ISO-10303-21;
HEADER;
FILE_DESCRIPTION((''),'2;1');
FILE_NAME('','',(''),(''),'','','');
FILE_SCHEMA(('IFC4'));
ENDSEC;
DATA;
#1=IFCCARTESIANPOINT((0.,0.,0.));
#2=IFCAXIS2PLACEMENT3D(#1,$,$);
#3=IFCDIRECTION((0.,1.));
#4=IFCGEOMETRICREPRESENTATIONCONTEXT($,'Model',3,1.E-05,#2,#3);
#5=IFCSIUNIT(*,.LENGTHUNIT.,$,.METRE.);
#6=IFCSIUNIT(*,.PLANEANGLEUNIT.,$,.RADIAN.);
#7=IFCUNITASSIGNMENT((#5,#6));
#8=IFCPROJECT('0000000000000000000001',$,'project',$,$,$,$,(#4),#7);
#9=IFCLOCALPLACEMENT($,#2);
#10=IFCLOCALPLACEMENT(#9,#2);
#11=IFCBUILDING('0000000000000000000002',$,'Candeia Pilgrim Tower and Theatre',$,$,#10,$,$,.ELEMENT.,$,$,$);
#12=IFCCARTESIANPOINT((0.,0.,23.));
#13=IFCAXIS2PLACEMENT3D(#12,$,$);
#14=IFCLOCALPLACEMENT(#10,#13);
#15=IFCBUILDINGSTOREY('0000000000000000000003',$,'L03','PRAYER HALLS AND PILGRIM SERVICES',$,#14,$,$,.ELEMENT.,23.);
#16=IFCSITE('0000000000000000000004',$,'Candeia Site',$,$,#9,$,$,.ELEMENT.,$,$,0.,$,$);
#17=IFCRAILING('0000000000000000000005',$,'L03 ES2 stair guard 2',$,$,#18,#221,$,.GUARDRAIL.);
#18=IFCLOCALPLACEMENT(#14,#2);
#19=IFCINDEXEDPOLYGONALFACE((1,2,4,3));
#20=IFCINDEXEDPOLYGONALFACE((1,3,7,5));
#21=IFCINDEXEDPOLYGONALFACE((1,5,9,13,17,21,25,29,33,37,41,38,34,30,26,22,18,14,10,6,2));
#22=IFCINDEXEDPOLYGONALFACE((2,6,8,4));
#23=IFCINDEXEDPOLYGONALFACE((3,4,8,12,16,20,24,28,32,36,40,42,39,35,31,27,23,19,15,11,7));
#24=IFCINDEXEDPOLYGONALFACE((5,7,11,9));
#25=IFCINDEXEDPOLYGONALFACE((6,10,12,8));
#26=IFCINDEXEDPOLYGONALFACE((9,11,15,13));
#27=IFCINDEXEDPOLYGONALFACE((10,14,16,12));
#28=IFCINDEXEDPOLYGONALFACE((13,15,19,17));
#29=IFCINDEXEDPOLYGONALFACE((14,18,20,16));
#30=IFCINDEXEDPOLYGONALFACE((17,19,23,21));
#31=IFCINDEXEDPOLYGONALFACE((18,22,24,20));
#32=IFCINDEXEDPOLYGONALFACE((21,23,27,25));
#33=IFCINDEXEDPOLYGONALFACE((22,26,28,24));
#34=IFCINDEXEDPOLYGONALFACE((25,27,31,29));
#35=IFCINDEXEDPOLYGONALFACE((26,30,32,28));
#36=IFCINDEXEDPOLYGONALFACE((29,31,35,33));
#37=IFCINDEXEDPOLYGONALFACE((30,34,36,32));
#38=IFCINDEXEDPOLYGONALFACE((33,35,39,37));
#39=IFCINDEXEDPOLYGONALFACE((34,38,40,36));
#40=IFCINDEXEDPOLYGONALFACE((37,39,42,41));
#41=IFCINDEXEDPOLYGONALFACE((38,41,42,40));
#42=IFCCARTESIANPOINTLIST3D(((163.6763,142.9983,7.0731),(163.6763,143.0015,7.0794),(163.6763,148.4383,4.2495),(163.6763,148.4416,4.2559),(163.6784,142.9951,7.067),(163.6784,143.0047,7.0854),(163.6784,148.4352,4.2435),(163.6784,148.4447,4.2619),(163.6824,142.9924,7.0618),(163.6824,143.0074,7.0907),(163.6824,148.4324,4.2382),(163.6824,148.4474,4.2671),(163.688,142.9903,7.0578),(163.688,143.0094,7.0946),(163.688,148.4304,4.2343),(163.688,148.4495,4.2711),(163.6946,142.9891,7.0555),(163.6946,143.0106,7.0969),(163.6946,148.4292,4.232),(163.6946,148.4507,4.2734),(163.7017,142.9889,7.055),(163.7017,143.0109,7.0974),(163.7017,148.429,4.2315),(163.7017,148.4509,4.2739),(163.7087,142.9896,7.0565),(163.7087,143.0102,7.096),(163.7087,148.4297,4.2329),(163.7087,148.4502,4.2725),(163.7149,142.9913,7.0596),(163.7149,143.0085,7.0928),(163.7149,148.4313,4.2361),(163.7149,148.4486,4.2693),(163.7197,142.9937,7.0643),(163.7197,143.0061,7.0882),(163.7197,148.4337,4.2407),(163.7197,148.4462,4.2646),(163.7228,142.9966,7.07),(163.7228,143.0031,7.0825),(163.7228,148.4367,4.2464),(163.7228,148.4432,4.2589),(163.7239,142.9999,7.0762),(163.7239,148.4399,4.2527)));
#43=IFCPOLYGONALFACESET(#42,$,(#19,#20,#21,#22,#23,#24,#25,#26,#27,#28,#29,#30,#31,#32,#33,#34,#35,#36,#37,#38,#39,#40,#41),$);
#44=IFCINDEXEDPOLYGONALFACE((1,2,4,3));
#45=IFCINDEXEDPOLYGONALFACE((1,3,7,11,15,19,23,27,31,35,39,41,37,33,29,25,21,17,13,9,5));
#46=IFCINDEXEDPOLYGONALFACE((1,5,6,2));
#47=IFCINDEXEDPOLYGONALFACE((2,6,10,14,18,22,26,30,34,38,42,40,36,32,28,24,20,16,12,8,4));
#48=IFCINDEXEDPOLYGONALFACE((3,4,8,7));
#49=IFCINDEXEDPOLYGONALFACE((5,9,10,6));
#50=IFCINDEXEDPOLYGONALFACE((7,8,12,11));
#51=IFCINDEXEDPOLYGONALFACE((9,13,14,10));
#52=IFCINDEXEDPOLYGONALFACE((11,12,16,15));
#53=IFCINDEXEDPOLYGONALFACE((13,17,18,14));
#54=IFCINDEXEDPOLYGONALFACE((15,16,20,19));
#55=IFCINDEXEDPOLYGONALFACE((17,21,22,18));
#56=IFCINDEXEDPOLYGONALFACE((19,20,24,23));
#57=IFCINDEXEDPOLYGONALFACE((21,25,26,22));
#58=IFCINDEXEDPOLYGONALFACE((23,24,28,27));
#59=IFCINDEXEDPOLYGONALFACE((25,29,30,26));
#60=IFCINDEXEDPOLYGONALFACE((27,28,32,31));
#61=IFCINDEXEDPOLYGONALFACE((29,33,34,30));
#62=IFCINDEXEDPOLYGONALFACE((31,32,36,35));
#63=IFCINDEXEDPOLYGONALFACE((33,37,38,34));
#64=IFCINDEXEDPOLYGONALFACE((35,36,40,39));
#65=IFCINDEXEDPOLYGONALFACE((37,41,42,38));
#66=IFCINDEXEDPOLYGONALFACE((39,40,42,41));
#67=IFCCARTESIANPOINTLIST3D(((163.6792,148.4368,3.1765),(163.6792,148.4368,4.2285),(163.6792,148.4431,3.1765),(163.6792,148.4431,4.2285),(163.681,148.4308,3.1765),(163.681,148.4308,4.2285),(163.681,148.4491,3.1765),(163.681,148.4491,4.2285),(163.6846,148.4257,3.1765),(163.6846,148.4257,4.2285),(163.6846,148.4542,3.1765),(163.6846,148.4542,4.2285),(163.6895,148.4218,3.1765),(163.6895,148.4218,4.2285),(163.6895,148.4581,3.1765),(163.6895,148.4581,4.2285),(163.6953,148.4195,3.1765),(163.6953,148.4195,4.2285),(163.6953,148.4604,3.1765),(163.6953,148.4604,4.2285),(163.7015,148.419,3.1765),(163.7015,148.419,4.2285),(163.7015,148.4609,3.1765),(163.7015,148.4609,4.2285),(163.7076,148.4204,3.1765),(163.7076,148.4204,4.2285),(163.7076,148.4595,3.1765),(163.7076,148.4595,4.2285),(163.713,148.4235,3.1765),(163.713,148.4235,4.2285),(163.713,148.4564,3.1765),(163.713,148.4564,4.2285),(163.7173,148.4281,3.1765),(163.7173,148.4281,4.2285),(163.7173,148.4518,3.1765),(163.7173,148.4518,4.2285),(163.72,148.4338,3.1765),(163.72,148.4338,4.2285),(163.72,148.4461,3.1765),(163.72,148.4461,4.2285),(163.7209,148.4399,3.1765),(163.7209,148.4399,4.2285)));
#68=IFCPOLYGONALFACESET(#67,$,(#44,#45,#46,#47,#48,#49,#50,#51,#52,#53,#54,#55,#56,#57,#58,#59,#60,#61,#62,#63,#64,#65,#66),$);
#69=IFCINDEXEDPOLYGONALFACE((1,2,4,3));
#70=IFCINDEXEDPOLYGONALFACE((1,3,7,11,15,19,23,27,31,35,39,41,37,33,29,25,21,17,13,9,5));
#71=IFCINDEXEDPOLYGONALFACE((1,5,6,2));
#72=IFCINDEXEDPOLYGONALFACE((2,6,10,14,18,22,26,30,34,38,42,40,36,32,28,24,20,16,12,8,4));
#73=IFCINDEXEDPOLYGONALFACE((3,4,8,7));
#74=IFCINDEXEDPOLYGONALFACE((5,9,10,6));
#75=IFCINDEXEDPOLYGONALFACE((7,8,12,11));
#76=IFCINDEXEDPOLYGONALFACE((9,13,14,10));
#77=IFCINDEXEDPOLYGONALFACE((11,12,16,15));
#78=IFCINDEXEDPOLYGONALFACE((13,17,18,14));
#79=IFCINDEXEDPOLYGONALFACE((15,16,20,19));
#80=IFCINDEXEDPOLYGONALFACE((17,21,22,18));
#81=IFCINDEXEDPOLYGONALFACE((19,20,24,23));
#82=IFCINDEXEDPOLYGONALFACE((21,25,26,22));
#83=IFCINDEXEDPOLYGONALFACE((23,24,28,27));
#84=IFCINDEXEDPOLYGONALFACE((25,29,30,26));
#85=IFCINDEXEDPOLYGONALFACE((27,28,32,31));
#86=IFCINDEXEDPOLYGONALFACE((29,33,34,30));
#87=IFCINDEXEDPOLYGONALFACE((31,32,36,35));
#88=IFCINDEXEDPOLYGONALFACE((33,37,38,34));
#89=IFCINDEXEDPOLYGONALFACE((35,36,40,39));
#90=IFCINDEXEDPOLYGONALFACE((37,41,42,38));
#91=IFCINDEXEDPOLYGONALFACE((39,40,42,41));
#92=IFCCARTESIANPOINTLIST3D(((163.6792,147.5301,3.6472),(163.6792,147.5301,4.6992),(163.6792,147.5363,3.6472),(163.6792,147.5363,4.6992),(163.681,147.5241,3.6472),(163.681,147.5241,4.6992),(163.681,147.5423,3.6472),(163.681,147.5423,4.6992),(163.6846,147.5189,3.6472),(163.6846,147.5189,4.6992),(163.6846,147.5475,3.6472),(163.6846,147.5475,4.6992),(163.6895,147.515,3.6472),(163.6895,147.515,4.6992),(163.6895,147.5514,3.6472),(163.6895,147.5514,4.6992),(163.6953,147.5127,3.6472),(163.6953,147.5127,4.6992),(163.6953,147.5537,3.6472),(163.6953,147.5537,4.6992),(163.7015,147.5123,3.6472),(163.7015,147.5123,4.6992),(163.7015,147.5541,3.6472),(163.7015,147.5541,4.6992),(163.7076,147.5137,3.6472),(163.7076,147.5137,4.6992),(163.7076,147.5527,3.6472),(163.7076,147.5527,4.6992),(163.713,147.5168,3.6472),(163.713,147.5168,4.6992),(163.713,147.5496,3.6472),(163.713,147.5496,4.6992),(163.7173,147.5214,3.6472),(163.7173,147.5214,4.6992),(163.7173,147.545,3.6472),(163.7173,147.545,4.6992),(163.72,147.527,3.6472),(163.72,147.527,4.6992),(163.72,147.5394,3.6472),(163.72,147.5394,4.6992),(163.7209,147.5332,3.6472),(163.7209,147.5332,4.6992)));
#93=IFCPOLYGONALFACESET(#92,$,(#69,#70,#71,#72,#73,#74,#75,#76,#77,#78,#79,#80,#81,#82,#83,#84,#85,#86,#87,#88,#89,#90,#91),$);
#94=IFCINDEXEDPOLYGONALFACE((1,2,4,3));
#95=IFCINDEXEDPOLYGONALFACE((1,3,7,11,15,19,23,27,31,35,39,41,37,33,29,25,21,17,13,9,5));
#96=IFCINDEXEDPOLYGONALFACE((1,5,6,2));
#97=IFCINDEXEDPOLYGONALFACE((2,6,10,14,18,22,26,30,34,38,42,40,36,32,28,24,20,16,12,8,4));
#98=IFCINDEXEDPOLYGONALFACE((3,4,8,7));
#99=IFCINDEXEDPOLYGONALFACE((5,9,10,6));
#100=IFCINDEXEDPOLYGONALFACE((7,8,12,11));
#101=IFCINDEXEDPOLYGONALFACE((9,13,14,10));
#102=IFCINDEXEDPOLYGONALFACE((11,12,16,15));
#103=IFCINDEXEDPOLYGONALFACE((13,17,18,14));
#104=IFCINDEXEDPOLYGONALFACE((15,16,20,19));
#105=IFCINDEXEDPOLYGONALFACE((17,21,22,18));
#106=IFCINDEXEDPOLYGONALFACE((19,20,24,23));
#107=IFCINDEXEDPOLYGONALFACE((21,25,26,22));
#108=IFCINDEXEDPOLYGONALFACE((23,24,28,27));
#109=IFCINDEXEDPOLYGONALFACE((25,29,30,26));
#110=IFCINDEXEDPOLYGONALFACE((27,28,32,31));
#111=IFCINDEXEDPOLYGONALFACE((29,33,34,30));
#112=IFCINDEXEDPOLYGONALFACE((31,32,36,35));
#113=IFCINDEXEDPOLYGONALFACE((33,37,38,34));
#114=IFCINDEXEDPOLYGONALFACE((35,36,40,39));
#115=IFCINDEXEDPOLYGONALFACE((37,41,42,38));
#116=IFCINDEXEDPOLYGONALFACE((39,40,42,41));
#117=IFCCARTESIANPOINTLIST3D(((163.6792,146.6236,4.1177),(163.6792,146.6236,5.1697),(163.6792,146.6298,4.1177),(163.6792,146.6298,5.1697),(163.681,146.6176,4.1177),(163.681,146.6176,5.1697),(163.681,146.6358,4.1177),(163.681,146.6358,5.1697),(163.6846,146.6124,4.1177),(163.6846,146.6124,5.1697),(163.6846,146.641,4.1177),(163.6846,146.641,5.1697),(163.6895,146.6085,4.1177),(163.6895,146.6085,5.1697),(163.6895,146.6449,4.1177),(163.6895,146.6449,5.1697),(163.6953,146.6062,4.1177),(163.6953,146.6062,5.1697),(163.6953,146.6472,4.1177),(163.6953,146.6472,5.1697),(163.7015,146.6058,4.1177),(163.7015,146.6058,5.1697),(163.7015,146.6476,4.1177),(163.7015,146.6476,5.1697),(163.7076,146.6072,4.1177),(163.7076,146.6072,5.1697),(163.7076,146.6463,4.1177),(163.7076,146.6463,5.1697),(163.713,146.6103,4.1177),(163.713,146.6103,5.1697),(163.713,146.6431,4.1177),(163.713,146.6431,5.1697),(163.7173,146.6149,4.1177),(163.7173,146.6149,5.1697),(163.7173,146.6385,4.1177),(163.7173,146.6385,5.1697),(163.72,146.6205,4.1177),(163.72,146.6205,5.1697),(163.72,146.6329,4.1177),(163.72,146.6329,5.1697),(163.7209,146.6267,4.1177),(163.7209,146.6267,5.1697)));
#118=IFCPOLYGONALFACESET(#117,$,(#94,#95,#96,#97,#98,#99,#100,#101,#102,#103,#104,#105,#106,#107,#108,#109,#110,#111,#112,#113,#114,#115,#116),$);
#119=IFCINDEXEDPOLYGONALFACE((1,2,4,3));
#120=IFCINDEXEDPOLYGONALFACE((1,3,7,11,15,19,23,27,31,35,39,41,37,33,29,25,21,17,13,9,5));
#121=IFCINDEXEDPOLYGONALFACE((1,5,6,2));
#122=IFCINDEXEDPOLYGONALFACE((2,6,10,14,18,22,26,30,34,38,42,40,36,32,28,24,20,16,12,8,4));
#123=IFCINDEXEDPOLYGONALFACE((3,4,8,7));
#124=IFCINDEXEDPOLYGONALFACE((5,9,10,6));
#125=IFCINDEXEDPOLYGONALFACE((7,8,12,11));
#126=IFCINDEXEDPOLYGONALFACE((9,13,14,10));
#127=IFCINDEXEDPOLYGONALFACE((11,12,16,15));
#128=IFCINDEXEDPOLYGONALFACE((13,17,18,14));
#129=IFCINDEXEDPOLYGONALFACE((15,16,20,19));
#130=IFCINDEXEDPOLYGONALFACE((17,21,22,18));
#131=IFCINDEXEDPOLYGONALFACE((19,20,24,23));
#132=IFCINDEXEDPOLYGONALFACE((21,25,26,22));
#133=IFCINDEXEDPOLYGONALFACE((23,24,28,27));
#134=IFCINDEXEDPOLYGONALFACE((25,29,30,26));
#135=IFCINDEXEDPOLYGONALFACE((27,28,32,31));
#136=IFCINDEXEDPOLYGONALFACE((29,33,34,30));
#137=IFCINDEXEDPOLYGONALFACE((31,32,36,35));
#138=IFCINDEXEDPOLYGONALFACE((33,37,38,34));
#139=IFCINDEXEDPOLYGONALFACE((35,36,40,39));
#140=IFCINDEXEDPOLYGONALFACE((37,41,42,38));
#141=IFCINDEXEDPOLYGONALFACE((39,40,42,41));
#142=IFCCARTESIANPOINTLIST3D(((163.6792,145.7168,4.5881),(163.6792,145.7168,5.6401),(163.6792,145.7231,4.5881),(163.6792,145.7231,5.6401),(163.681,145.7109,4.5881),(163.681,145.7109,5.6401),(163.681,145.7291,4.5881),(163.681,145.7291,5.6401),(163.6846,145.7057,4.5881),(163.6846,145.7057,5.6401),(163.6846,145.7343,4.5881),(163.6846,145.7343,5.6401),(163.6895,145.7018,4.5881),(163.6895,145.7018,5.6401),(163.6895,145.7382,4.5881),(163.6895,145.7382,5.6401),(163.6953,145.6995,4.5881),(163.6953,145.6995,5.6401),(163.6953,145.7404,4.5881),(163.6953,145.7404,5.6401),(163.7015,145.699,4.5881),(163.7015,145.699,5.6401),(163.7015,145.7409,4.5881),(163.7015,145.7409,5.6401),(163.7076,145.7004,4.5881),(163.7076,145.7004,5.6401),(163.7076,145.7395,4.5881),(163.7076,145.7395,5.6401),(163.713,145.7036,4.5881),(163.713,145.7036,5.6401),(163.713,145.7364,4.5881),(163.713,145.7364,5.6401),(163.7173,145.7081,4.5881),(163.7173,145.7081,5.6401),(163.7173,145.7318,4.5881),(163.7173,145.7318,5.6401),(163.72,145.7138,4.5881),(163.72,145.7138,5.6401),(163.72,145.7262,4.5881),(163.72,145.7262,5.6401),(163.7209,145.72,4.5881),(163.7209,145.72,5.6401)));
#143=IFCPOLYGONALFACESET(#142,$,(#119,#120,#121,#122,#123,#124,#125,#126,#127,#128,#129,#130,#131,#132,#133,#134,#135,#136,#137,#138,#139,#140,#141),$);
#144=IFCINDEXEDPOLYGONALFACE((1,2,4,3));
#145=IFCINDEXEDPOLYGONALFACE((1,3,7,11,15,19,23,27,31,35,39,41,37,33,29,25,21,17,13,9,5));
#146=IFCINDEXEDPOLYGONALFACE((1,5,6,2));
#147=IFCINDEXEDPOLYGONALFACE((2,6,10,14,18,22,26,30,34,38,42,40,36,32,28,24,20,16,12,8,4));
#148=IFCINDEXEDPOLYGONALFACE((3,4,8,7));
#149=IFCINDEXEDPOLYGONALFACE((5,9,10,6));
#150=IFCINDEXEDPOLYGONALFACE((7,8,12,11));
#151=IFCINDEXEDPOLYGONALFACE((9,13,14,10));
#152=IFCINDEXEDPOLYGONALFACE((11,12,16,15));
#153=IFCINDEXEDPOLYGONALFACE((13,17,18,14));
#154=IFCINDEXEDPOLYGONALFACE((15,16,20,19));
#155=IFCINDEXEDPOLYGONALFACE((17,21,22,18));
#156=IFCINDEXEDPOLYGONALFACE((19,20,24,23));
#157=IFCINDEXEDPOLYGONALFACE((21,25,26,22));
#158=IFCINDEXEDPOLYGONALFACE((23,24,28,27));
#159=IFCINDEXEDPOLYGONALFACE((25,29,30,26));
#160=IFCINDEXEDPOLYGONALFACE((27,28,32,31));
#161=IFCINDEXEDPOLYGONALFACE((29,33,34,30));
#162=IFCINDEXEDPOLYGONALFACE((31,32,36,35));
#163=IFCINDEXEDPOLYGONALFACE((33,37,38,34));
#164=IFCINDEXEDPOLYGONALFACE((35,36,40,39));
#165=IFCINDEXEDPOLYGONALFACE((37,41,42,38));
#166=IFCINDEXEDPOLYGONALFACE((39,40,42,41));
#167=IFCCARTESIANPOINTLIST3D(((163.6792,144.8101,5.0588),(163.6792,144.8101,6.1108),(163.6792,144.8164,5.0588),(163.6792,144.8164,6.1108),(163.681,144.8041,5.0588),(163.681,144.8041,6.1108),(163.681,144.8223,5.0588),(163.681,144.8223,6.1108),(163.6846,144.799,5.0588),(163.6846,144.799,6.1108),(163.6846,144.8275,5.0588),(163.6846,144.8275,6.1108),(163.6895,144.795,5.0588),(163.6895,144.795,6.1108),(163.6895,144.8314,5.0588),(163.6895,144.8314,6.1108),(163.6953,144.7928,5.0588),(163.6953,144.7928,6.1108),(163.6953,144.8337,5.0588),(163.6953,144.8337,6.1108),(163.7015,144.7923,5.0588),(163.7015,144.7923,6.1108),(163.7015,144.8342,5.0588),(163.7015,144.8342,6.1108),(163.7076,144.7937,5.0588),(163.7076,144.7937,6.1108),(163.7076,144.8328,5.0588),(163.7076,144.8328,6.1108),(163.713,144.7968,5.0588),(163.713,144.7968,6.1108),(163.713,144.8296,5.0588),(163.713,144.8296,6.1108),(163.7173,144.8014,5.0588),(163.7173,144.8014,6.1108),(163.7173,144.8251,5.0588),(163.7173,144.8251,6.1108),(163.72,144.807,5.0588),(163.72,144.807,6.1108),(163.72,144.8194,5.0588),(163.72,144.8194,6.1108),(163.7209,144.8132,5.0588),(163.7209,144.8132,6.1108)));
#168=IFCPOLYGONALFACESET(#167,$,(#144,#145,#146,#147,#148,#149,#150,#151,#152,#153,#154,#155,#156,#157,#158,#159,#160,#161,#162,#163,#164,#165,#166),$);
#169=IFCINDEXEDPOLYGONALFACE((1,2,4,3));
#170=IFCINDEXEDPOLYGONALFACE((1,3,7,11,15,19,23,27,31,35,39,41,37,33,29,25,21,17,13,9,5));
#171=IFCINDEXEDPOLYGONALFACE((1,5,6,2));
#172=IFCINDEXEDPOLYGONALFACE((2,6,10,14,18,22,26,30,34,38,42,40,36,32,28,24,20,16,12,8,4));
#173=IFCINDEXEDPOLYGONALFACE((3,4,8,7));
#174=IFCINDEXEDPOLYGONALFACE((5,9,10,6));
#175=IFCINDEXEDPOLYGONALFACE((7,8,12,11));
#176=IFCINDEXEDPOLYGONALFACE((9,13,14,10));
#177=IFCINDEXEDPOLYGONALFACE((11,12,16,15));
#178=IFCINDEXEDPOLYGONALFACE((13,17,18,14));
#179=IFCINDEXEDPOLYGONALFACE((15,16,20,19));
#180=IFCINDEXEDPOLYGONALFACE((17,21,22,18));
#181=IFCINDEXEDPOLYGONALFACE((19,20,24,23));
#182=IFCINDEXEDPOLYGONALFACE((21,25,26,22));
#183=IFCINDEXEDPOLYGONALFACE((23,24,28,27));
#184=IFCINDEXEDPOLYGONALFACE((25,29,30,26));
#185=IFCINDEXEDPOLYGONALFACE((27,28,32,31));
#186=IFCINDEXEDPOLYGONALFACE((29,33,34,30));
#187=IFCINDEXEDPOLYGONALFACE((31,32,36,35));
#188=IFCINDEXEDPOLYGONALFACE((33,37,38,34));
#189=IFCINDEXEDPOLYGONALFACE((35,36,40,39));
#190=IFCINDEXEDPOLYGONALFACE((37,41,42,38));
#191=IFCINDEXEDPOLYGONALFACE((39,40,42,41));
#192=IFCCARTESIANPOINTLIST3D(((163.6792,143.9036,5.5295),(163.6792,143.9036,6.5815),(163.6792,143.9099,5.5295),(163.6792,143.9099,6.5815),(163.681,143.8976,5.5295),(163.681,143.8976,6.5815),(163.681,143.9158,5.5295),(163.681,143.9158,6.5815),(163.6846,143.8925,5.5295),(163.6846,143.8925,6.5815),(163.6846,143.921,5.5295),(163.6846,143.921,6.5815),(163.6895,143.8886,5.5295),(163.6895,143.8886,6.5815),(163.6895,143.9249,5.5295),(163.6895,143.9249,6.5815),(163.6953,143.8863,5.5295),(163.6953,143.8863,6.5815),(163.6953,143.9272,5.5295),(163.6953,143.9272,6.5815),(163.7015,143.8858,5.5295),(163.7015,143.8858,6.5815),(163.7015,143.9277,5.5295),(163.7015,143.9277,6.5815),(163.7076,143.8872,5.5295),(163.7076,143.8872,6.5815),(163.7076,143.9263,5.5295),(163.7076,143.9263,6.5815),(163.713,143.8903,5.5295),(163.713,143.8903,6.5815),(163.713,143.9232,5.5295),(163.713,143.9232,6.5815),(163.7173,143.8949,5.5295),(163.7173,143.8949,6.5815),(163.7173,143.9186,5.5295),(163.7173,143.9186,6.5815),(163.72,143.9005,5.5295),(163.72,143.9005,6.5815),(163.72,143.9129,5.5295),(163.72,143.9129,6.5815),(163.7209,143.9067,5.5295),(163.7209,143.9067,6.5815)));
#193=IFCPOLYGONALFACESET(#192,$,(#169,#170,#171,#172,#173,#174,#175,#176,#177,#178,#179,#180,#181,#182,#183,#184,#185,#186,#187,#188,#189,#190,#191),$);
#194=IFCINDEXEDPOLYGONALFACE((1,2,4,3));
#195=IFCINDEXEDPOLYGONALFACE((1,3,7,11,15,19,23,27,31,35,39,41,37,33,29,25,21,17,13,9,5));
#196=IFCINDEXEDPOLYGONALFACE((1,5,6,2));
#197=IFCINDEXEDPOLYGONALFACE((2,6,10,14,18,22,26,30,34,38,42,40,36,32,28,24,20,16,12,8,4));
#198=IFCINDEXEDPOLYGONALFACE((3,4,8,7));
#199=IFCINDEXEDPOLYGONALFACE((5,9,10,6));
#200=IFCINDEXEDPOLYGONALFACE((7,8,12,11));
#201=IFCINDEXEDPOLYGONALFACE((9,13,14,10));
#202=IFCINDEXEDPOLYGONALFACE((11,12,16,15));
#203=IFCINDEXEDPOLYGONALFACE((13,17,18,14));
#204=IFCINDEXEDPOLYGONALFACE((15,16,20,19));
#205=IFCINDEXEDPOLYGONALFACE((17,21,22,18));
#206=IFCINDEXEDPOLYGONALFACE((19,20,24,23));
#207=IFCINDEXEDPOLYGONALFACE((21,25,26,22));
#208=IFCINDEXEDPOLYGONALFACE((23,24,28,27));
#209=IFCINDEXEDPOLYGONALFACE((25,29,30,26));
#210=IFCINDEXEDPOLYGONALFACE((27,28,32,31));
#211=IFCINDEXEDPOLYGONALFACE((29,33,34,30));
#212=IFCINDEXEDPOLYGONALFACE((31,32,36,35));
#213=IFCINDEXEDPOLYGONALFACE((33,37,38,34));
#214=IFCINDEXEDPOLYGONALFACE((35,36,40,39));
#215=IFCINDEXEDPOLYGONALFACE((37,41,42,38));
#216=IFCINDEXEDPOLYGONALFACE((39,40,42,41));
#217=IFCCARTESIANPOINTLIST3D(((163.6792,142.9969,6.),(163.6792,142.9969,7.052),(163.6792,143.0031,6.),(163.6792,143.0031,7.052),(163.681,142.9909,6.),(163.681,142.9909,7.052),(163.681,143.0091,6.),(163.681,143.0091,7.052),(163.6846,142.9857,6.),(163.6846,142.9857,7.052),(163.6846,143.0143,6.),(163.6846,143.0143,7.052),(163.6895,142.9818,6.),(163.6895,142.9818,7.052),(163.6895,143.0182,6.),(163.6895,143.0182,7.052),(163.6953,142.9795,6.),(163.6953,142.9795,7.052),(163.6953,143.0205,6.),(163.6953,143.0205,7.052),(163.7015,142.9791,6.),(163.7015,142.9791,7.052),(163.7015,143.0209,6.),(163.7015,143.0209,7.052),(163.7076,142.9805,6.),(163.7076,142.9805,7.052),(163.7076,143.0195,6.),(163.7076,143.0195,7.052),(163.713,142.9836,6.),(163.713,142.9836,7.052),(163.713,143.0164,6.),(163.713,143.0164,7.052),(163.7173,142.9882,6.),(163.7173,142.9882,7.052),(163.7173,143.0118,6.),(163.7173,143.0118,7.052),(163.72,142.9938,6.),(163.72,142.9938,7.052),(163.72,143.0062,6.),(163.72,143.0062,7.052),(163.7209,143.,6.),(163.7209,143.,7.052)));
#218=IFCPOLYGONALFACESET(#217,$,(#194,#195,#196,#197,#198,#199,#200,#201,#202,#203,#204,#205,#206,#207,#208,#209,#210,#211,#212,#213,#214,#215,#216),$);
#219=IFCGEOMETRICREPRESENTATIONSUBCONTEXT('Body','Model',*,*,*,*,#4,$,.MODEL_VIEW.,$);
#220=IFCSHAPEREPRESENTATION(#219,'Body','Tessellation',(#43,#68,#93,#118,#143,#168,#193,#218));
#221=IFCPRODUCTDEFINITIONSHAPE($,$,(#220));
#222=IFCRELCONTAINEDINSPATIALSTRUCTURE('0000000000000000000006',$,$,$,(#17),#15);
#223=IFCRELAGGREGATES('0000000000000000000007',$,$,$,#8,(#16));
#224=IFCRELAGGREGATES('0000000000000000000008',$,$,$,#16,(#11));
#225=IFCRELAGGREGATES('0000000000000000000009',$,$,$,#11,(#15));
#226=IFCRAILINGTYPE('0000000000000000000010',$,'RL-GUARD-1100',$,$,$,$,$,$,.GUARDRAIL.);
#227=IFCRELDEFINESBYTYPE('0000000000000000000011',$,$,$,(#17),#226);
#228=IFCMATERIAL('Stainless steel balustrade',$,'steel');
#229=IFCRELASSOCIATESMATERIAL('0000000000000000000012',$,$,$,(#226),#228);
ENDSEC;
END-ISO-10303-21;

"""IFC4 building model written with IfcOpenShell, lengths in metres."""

from ifc_helpers import new_model, si_unit, direction, frame, origin, origin_2d, place, context, subcontext, project, spatial, circle, extrude, material, type_object, element, save


model = new_model("IFC4")

# Units and contexts
model_context = context("Model", 3, precision=1e-05, world=origin(), true_north=direction((0.0, 1.0)))
body_context = subcontext(model_context, "Body", "Model", "MODEL_VIEW")
ifc_project = project(units=[si_unit("LENGTHUNIT", "METRE"), si_unit("PLANEANGLEUNIT", "RADIAN")], contexts=[model_context])

# Site, building, storey
site_placement = place(None, origin())
site = spatial("IfcSite", under=ifc_project, at=site_placement, Name="Candeia Site", CompositionType="ELEMENT", RefElevation=0.0)
building_placement = place(site_placement, origin())
building = spatial("IfcBuilding", under=site, at=building_placement, Name="Candeia Pilgrim Tower and Theatre", CompositionType="ELEMENT")
storey_placement = place(building_placement, frame((0.0, 0.0, 23.0)))
storey = spatial("IfcBuildingStorey", under=building, at=storey_placement, Name="L03", Description="PRAYER HALLS AND PILGRIM SERVICES", CompositionType="ELEMENT", Elevation=23.0)

# Railing
ifc_material_1 = material(Name="Stainless steel balustrade", Category="steel")
railing_type_1 = type_object("IfcRailingType", Name="RL-GUARD-1100", PredefinedType="GUARDRAIL", material=ifc_material_1)
railing_1_placement = place(storey_placement, frame((163.7, 148.4399, 3.1765)))
element("IfcRailing", 1, at=railing_1_placement, inside=storey, type_object=railing_type_1, Name="L03 ES2 stair guard 2", PredefinedType="GUARDRAIL", context=body_context, shape_type="SweptSolid", body=[
    extrude(circle(Radius=0.0239, at=origin_2d()), frame((0.0, 0.0, 1.0762), z_axis=(0.0, -0.887569, 0.460674), x_axis=(1.0, 0.0, 0.0)), (0.0, 0.0, 1.0), 6.1292),
    extrude(circle(Radius=0.021, at=origin_2d()), origin(), (0.0, 0.0, 1.0), 1.052),
    extrude(circle(Radius=0.021, at=origin_2d()), frame((0.0, -0.9067, 0.4707)), (0.0, 0.0, 1.0), 1.052),
    extrude(circle(Radius=0.021, at=origin_2d()), frame((0.0, -1.8132, 0.9412)), (0.0, 0.0, 1.0), 1.052),
    extrude(circle(Radius=0.021, at=origin_2d()), frame((0.0, -2.72, 1.4116)), (0.0, 0.0, 1.0), 1.052),
    extrude(circle(Radius=0.021, at=origin_2d()), frame((0.0, -3.6267, 1.8823)), (0.0, 0.0, 1.0), 1.052),
    extrude(circle(Radius=0.021, at=origin_2d()), frame((0.0, -4.5332, 2.353)), (0.0, 0.0, 1.0), 1.052),
    extrude(circle(Radius=0.021, at=origin_2d()), frame((0.0, -5.4399, 2.8235)), (0.0, 0.0, 1.0), 1.052),
])

save(model, "model.ifc")
